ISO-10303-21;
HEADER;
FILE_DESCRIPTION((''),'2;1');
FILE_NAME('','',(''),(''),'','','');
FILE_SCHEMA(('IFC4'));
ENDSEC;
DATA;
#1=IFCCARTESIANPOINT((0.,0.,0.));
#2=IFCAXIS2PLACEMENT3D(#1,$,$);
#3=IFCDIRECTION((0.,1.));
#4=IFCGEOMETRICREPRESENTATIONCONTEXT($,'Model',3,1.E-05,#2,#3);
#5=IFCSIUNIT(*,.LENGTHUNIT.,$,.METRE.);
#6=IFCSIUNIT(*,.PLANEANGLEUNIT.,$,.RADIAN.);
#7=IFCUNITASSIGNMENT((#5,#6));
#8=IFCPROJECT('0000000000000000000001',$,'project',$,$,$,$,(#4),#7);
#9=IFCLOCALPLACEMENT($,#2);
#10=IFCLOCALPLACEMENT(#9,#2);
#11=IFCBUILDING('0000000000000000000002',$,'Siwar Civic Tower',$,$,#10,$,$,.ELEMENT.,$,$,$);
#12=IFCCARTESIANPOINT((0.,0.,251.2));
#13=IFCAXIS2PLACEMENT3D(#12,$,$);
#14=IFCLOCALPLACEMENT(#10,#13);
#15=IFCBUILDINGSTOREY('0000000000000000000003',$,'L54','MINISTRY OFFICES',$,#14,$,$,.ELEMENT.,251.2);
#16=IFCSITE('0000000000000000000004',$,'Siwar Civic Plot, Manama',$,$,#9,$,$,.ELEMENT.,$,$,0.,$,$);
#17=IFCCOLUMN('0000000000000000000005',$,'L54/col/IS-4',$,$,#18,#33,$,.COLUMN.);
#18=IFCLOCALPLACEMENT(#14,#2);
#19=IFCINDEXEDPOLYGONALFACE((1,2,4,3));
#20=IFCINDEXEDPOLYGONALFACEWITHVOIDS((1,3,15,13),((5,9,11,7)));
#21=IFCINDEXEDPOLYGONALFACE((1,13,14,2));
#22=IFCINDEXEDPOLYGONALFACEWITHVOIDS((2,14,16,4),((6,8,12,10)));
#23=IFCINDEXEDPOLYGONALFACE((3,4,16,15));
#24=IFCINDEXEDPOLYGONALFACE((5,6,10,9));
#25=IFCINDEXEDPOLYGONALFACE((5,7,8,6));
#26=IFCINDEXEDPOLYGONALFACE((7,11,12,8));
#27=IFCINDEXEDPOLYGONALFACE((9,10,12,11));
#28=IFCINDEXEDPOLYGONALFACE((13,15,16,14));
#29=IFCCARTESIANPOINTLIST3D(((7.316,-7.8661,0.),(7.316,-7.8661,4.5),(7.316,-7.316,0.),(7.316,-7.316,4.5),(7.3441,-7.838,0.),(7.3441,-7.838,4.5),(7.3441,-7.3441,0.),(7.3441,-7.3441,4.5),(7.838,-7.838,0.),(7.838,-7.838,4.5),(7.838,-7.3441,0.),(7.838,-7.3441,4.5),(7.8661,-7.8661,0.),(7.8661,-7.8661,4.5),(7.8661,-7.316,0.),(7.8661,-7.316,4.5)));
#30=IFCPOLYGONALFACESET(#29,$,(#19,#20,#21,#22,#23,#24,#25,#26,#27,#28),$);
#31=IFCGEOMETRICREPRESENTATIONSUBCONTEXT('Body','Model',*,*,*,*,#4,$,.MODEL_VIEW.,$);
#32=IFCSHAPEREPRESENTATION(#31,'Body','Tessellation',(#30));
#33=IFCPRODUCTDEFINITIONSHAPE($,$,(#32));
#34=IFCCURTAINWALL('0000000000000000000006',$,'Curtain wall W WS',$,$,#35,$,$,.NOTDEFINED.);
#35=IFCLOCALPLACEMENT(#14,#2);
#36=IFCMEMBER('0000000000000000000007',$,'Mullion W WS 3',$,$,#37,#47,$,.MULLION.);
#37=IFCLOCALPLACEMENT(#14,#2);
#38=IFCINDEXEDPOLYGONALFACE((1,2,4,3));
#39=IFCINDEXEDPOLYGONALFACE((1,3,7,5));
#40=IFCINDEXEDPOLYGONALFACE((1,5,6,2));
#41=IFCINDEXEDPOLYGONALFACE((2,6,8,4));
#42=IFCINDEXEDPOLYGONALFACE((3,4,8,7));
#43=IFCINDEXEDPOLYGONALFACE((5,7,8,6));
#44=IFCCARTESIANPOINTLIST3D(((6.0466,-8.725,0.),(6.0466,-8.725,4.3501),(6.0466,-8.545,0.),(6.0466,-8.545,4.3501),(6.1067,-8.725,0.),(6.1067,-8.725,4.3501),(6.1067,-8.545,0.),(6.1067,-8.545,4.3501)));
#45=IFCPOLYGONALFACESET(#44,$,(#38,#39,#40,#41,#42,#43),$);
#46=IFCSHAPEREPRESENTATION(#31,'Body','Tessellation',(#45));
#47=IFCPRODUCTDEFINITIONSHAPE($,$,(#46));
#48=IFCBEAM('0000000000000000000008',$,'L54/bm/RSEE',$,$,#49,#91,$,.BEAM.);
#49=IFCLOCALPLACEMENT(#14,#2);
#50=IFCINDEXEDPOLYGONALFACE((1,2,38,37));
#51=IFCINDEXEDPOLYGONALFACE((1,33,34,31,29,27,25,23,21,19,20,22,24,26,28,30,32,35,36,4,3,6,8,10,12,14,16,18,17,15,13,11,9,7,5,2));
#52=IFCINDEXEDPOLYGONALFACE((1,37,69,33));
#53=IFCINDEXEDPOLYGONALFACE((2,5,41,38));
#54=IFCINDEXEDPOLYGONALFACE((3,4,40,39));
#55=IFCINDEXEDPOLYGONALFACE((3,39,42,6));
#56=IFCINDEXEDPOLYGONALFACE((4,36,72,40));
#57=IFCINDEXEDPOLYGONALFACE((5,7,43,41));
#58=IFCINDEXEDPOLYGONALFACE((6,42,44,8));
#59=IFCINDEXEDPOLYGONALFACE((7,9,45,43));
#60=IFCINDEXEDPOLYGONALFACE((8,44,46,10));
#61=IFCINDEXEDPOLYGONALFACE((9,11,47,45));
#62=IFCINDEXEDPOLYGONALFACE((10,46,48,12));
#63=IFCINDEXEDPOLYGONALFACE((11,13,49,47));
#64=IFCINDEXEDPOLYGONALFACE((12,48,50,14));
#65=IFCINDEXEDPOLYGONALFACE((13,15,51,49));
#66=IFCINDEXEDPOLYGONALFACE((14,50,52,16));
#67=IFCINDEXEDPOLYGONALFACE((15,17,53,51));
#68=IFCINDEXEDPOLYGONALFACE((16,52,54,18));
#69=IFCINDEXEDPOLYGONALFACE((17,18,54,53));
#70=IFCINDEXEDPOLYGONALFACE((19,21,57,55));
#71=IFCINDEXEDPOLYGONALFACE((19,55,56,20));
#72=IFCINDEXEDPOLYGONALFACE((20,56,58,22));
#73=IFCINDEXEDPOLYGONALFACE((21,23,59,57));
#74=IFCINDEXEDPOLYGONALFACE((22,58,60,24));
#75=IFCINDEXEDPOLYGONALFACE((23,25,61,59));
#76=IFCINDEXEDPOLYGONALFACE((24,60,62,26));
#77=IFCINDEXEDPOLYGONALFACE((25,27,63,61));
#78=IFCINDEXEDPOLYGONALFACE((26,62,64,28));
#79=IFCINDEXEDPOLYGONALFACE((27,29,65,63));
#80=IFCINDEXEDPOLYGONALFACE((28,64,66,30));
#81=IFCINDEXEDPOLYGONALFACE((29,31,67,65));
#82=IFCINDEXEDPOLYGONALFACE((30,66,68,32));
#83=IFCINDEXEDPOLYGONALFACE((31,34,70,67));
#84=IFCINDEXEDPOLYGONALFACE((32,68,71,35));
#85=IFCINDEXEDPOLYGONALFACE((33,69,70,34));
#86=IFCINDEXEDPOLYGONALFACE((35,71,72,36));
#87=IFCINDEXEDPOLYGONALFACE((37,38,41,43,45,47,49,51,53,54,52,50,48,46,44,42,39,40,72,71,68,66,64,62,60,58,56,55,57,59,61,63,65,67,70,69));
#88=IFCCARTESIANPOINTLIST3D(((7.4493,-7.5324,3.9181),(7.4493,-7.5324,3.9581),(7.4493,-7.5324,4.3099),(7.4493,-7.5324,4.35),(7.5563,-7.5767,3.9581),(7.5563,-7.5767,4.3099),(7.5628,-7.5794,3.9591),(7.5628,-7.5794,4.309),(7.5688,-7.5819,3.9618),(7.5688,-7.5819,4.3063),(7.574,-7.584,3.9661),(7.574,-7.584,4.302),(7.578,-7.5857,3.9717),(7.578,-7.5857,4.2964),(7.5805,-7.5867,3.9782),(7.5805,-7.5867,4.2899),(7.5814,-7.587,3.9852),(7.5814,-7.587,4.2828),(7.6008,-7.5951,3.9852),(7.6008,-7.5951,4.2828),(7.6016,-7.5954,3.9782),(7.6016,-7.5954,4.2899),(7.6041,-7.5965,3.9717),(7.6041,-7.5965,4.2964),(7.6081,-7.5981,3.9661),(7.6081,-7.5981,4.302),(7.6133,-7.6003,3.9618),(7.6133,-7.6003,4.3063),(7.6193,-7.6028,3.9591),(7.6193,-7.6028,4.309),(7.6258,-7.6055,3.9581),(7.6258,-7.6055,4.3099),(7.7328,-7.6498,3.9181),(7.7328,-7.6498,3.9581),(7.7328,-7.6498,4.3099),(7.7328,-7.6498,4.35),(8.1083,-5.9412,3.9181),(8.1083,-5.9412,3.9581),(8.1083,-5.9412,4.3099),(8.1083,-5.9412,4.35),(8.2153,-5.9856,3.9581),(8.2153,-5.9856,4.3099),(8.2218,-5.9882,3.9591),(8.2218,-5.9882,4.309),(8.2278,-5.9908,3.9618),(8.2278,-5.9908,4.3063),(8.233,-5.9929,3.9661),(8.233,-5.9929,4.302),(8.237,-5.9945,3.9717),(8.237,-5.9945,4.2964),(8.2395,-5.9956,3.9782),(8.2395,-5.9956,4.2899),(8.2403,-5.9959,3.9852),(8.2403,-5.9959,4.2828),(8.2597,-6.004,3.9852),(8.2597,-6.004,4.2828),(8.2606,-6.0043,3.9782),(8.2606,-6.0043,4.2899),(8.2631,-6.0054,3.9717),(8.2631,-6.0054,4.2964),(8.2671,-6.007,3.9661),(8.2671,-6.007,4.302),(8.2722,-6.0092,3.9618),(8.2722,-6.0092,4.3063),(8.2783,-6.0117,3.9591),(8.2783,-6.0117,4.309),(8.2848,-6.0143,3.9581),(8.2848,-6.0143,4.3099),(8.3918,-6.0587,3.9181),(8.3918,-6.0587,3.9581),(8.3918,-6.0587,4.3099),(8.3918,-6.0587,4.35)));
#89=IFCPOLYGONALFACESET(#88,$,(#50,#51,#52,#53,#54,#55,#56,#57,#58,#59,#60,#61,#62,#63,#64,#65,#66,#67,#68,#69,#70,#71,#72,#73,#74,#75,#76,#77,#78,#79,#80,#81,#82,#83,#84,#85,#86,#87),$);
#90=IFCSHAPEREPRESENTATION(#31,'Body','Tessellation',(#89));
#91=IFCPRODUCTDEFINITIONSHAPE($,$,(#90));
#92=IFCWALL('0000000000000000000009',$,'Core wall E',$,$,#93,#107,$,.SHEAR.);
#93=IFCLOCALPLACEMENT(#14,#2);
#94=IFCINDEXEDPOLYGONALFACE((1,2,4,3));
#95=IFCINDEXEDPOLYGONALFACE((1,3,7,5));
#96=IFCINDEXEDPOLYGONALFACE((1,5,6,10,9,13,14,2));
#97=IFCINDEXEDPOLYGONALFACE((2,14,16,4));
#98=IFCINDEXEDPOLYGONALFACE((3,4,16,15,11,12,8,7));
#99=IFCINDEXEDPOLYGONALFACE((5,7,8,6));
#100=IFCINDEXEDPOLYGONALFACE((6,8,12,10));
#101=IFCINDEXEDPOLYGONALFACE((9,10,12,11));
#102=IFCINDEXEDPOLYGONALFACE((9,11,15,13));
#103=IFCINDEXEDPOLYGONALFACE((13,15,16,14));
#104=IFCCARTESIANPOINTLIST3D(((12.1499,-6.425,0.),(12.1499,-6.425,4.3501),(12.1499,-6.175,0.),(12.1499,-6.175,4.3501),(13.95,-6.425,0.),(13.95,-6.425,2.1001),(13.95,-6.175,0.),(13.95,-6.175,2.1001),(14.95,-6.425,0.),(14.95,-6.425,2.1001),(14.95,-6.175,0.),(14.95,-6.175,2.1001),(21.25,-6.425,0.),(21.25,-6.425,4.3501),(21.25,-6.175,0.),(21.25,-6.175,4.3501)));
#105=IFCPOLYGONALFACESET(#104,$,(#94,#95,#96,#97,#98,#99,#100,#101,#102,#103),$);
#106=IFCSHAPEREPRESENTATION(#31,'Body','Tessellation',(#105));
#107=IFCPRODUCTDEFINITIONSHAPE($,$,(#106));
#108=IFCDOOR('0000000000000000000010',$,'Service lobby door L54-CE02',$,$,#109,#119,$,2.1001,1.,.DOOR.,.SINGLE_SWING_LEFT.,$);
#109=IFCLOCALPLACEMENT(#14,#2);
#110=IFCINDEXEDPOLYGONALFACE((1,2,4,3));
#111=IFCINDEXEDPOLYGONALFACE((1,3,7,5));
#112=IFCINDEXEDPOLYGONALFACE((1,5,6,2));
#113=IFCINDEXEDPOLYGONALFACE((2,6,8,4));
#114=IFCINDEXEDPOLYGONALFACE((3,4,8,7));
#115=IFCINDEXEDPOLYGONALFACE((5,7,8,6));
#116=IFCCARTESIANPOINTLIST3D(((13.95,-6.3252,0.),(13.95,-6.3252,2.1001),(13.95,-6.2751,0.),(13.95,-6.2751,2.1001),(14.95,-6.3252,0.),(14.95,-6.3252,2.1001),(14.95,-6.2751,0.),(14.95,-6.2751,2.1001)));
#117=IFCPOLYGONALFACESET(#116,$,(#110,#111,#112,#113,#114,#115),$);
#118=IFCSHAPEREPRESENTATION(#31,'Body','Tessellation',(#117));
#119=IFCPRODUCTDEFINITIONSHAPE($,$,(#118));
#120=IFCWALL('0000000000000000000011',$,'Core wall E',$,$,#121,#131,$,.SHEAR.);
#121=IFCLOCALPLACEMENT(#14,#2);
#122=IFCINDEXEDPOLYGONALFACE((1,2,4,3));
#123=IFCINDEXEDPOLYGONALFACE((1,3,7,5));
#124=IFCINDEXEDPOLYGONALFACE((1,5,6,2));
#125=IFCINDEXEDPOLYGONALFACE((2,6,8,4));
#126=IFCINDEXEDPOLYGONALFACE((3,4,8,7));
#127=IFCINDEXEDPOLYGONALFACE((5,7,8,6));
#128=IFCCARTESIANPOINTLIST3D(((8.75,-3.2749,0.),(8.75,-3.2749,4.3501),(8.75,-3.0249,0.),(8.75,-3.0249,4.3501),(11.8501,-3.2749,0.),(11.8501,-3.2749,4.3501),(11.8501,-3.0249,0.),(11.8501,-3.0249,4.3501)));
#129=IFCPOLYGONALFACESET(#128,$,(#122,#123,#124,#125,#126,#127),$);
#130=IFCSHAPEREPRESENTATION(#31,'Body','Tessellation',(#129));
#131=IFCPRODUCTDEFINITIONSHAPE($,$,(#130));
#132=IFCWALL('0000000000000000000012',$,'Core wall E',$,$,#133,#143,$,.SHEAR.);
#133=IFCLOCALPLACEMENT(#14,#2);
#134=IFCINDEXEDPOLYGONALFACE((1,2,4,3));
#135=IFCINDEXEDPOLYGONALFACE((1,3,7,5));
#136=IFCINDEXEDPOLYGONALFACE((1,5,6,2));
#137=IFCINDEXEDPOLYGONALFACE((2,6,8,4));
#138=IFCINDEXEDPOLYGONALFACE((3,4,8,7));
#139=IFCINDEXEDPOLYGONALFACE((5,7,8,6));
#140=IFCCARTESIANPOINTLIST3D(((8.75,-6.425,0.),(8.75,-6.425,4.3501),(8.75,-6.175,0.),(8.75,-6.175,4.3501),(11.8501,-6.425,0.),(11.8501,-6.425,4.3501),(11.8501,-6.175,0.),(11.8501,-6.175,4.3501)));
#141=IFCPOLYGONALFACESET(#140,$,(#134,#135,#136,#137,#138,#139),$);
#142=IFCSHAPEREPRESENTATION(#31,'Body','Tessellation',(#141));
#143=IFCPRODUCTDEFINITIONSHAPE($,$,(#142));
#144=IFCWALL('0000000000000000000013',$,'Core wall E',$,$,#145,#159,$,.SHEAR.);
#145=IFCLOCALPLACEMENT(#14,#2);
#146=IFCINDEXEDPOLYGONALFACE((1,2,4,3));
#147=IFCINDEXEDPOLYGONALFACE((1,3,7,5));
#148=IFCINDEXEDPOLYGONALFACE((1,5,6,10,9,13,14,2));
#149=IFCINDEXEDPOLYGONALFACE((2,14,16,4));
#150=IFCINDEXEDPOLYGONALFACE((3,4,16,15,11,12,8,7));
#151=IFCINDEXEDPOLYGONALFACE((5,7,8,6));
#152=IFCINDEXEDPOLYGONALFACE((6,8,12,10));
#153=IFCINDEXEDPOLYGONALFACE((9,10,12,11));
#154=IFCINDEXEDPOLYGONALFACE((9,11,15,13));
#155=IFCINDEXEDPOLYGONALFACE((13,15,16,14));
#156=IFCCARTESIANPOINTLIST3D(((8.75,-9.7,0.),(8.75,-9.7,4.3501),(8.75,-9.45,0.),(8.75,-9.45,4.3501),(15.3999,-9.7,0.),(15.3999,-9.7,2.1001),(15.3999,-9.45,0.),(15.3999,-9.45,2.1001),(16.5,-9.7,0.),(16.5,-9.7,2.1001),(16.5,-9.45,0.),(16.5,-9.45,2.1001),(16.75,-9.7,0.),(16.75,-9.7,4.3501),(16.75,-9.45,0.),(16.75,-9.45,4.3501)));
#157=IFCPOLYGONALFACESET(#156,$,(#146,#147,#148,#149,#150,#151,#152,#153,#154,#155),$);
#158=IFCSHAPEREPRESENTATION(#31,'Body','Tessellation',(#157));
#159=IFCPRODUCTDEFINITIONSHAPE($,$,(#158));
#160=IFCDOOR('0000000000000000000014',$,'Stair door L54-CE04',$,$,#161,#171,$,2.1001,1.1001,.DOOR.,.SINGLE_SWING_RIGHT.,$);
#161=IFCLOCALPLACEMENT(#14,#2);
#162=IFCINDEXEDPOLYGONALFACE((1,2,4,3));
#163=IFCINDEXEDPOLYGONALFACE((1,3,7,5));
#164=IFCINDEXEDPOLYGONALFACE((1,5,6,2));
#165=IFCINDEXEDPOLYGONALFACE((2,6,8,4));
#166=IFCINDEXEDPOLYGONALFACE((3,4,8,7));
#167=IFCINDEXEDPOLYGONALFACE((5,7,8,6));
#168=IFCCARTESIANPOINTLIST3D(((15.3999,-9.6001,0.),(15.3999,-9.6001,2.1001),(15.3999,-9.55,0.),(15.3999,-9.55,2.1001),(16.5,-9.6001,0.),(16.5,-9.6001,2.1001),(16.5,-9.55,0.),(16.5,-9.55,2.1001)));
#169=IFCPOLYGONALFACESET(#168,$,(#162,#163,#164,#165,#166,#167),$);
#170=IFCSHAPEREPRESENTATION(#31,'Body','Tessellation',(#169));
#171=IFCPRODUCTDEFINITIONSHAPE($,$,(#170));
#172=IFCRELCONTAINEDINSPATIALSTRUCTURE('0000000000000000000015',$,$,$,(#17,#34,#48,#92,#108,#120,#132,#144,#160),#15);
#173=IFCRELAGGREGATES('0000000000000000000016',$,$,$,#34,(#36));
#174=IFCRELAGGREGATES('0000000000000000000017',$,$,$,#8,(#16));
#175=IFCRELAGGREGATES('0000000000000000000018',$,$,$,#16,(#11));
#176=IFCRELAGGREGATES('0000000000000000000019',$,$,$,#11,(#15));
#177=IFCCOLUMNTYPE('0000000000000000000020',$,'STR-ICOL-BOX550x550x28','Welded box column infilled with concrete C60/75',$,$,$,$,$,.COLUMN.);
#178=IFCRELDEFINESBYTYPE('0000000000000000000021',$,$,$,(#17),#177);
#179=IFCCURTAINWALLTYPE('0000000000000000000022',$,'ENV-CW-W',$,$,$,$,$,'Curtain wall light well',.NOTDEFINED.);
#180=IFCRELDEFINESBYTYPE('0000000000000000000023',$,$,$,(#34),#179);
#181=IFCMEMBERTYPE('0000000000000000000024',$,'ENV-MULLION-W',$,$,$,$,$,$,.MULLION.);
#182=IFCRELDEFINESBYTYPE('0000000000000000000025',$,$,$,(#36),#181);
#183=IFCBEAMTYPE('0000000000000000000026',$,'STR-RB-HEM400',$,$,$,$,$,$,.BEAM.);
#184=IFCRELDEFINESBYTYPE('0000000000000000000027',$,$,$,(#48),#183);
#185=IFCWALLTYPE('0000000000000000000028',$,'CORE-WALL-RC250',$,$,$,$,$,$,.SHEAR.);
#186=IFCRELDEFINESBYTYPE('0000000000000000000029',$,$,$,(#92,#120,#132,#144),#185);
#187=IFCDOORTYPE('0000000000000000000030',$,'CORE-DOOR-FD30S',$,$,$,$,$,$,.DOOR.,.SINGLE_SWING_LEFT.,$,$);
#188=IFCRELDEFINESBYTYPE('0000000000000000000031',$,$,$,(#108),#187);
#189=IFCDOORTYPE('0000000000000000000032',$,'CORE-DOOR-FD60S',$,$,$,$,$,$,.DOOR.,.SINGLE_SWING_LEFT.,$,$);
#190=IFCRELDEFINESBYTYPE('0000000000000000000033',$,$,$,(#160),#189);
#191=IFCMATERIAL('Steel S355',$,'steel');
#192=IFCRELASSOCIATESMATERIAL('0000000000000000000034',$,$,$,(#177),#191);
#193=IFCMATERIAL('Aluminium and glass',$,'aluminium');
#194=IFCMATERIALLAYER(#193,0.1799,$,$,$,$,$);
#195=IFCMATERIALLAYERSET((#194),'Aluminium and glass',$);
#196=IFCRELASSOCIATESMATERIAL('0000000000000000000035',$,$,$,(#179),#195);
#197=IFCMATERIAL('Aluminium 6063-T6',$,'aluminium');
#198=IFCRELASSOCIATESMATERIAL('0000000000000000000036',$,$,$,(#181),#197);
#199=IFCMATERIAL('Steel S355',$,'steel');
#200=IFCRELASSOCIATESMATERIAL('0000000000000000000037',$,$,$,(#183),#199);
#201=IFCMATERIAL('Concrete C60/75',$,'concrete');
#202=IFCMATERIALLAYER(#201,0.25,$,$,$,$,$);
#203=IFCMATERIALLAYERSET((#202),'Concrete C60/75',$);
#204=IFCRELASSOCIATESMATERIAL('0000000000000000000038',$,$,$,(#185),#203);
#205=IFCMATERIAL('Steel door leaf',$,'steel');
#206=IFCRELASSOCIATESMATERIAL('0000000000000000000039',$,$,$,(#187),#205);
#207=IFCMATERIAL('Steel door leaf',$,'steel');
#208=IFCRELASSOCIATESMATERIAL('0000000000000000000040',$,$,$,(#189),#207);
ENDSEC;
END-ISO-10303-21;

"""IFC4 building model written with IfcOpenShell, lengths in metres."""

from ifc_helpers import new_model, si_unit, direction, frame, frame_2d, origin, origin_2d, place, context, subcontext, project, spatial, rectangle, hollow_rectangle, i_section, extrude, material, layer, layer_set, material_profile, profile_set, type_object, element, fill, aggregate, save


model = new_model("IFC4")

# Units and contexts
model_context = context("Model", 3, precision=1e-05, world=origin(), true_north=direction((0.0, 1.0)))
body_context = subcontext(model_context, "Body", "Model", "MODEL_VIEW")
ifc_project = project(units=[si_unit("LENGTHUNIT", "METRE"), si_unit("PLANEANGLEUNIT", "RADIAN")], contexts=[model_context])

# Site, building, storey
site_placement = place(None, origin())
site = spatial("IfcSite", under=ifc_project, at=site_placement, Name="Siwar Civic Plot, Manama", CompositionType="ELEMENT", RefElevation=0.0)
building_placement = place(site_placement, origin())
building = spatial("IfcBuilding", under=site, at=building_placement, Name="Siwar Civic Tower", CompositionType="ELEMENT")
storey_placement = place(building_placement, frame((0.0, 0.0, 251.2)))
storey = spatial("IfcBuildingStorey", under=building, at=storey_placement, Name="L54", Description="MINISTRY OFFICES", CompositionType="ELEMENT", Elevation=251.2)

# Column
ifc_material_1 = material(Name="Steel S355", Category="steel")
ifc_material_profile_1 = material_profile(ifc_material_1, hollow_rectangle(XDim=0.55, YDim=0.55, WallThickness=0.0281, at=origin_2d()), Name="BOX550x550x28")
ifc_profile_set_1 = profile_set([ifc_material_profile_1], Name="Steel S355")
column_type = type_object("IfcColumnType", Name="STR-ICOL-BOX550x550x28", Description="Welded box column infilled with concrete C60/75", PredefinedType="COLUMN", material=ifc_profile_set_1)
column_placement = place(storey_placement, frame((7.5911, -7.5911, 0.0), z_axis=(0.0, 0.0, 1.0), x_axis=(1.0, 0.0, 0.0)))
element("IfcColumn", 1, at=column_placement, inside=storey, type_object=column_type, Name="L54/col/IS-4", PredefinedType="COLUMN", context=body_context, shape_type="SweptSolid", body=[
    extrude(hollow_rectangle(XDim=0.55, YDim=0.55, WallThickness=0.0281, at=origin_2d()), origin(), (0.0, 0.0, 1.0), 4.5),
])

# Curtain wall, member
ifc_material_2 = material(Name="Aluminium and glass", Category="aluminium")
ifc_layer_1 = layer(ifc_material_2, 0.1799)
ifc_layer_set_1 = layer_set([ifc_layer_1], Name="Aluminium and glass")
curtain_wall_type = type_object("IfcCurtainWallType", Name="ENV-CW-W", ElementType="Curtain wall light well", PredefinedType="NOTDEFINED", material=ifc_layer_set_1)
curtain_wall_placement = place(storey_placement, origin())
curtain_wall = element("IfcCurtainWall", 2, at=curtain_wall_placement, inside=storey, type_object=curtain_wall_type, Name="Curtain wall W WS", PredefinedType="NOTDEFINED")
ifc_material_3 = material(Name="Aluminium 6063-T6", Category="aluminium")
ifc_material_profile_2 = material_profile(ifc_material_3, rectangle(XDim=0.1799, YDim=0.0601, at=origin_2d()), Name="AL 180x60")
ifc_profile_set_2 = profile_set([ifc_material_profile_2], Name="Aluminium 6063-T6")
member_type = type_object("IfcMemberType", Name="ENV-MULLION-W", PredefinedType="MULLION", material=ifc_profile_set_2)
member_placement = place(storey_placement, frame((6.0767, -8.635, 0.0), z_axis=(0.0, 0.0, 1.0), x_axis=(0.0, 1.0, 0.0)))
member = element("IfcMember", 3, at=member_placement, type_object=member_type, Name="Mullion W WS 3", PredefinedType="MULLION", context=body_context, shape_type="SweptSolid", body=[
    extrude(rectangle(XDim=0.1799, YDim=0.0601, at=origin_2d()), origin(), (0.0, 0.0, 1.0), 4.3501),
])
aggregate(curtain_wall, [member])

# Beam
ifc_material_4 = material(Name="Steel S355", Category="steel")
ifc_material_profile_3 = material_profile(ifc_material_4, i_section(OverallWidth=0.3069, OverallDepth=0.4319, WebThickness=0.021, FlangeThickness=0.04, FilletRadius=0.0271, at=origin_2d()), Name="HEM400")
ifc_profile_set_3 = profile_set([ifc_material_profile_3], Name="Steel S355")
beam_type = type_object("IfcBeamType", Name="STR-RB-HEM400", PredefinedType="BEAM", material=ifc_profile_set_3)
beam_placement = place(storey_placement, frame((7.5911, -7.5911, 4.134), z_axis=(0.382631, 0.923901, 0.0), x_axis=(-0.923901, 0.382631, 0.0)))
element("IfcBeam", 4, at=beam_placement, inside=storey, type_object=beam_type, Name="L54/bm/RSEE", PredefinedType="BEAM", context=body_context, shape_type="SweptSolid", body=[
    extrude(i_section(OverallWidth=0.3069, OverallDepth=0.4319, WebThickness=0.021, FlangeThickness=0.04, FilletRadius=0.0271, at=origin_2d()), origin(), (0.0, 0.0, 1.0), 1.7222),
])

# Wall, opening, door
ifc_material_5 = material(Name="Concrete C60/75", Category="concrete")
ifc_layer_2 = layer(ifc_material_5, 0.25)
ifc_layer_set_2 = layer_set([ifc_layer_2], Name="Concrete C60/75")
wall_type_1 = type_object("IfcWallType", Name="CORE-WALL-RC250", PredefinedType="SHEAR", material=ifc_layer_set_2)
wall_1_placement = place(storey_placement, frame((12.1499, -6.3, 0.0), z_axis=(0.0, 0.0, 1.0), x_axis=(1.0, 0.0, 0.0)))
wall_1 = element("IfcWall", 5, at=wall_1_placement, inside=storey, type_object=wall_type_1, Name="Core wall E", PredefinedType="SHEAR", context=body_context, shape_type="SweptSolid", body=[
    extrude(rectangle(XDim=9.1001, YDim=0.25, at=frame_2d((4.55, 0.0))), origin(), (0.0, 0.0, 1.0), 4.3501),
])
opening_1_placement = place(wall_1_placement, frame((1.8, 0.0, 0.0)))
opening_1 = element("IfcOpeningElement", 6, at=opening_1_placement, cuts=wall_1, PredefinedType="OPENING", context=body_context, shape_type="SweptSolid", body=[
    extrude(rectangle(XDim=1.0, YDim=2.1001, at=frame_2d((0.5, 1.05))), frame((0.0, 0.135, 0.0), z_axis=(0.0, -1.0, 0.0), x_axis=(1.0, 0.0, 0.0)), (0.0, 0.0, 1.0), 0.27),
])
ifc_material_6 = material(Name="Steel door leaf", Category="steel")
door_type_1 = type_object("IfcDoorType", Name="CORE-DOOR-FD30S", OperationType="SINGLE_SWING_LEFT", PredefinedType="DOOR", material=ifc_material_6)
door_1_placement = place(opening_1_placement, origin())
door_1 = element("IfcDoor", 7, at=door_1_placement, inside=storey, type_object=door_type_1, Name="Service lobby door L54-CE02", OperationType="SINGLE_SWING_LEFT", OverallHeight=2.1001, OverallWidth=1.0, PredefinedType="DOOR", context=body_context, shape_type="SweptSolid", body=[
    extrude(rectangle(XDim=1.0, YDim=2.1001, at=frame_2d((0.5, 1.05))), frame((0.0, 0.0249, 0.0), z_axis=(0.0, -1.0, 0.0), x_axis=(1.0, 0.0, 0.0)), (0.0, 0.0, 1.0), 0.05),
])
fill(opening_1, door_1)

# Walls
for number, where, z_axis, x_axis, name in (
    (8, (8.75, -3.1499, 0.0), (0.0, 0.0, 1.0), (1.0, 0.0, 0.0), "Core wall E"),
    (9, (8.75, -6.3, 0.0), (0.0, 0.0, 1.0), (1.0, 0.0, 0.0), "Core wall E"),
):
    element("IfcWall", number, at=place(storey_placement, frame(where, z_axis=z_axis, x_axis=x_axis)), inside=storey, type_object=wall_type_1, Name=name, PredefinedType="SHEAR", context=body_context, shape_type="SweptSolid", body=[
        extrude(rectangle(XDim=3.1001, YDim=0.25, at=frame_2d((1.55, 0.0))), origin(), (0.0, 0.0, 1.0), 4.3501),
    ])

# Wall, opening, door
wall_2_placement = place(storey_placement, frame((8.75, -9.575, 0.0), z_axis=(0.0, 0.0, 1.0), x_axis=(1.0, 0.0, 0.0)))
wall_2 = element("IfcWall", 10, at=wall_2_placement, inside=storey, type_object=wall_type_1, Name="Core wall E", PredefinedType="SHEAR", context=body_context, shape_type="SweptSolid", body=[
    extrude(rectangle(XDim=8.0, YDim=0.25, at=frame_2d((4.0, 0.0))), origin(), (0.0, 0.0, 1.0), 4.3501),
])
opening_2_placement = place(wall_2_placement, frame((6.6499, 0.0, 0.0)))
opening_2 = element("IfcOpeningElement", 11, at=opening_2_placement, cuts=wall_2, PredefinedType="OPENING", context=body_context, shape_type="SweptSolid", body=[
    extrude(rectangle(XDim=1.1001, YDim=2.1001, at=frame_2d((0.55, 1.05))), frame((0.0, 0.135, 0.0), z_axis=(0.0, -1.0, 0.0), x_axis=(1.0, 0.0, 0.0)), (0.0, 0.0, 1.0), 0.27),
])
ifc_material_7 = material(Name="Steel door leaf", Category="steel")
door_type_2 = type_object("IfcDoorType", Name="CORE-DOOR-FD60S", OperationType="SINGLE_SWING_LEFT", PredefinedType="DOOR", material=ifc_material_7)
door_2_placement = place(opening_2_placement, origin())
door_2 = element("IfcDoor", 12, at=door_2_placement, inside=storey, type_object=door_type_2, Name="Stair door L54-CE04", OperationType="SINGLE_SWING_RIGHT", OverallHeight=2.1001, OverallWidth=1.1001, PredefinedType="DOOR", context=body_context, shape_type="SweptSolid", body=[
    extrude(rectangle(XDim=1.1001, YDim=2.1001, at=frame_2d((0.55, 1.05))), frame((0.0, 0.0249, 0.0), z_axis=(0.0, -1.0, 0.0), x_axis=(1.0, 0.0, 0.0)), (0.0, 0.0, 1.0), 0.05),
])
fill(opening_2, door_2)

save(model, "model.ifc")
